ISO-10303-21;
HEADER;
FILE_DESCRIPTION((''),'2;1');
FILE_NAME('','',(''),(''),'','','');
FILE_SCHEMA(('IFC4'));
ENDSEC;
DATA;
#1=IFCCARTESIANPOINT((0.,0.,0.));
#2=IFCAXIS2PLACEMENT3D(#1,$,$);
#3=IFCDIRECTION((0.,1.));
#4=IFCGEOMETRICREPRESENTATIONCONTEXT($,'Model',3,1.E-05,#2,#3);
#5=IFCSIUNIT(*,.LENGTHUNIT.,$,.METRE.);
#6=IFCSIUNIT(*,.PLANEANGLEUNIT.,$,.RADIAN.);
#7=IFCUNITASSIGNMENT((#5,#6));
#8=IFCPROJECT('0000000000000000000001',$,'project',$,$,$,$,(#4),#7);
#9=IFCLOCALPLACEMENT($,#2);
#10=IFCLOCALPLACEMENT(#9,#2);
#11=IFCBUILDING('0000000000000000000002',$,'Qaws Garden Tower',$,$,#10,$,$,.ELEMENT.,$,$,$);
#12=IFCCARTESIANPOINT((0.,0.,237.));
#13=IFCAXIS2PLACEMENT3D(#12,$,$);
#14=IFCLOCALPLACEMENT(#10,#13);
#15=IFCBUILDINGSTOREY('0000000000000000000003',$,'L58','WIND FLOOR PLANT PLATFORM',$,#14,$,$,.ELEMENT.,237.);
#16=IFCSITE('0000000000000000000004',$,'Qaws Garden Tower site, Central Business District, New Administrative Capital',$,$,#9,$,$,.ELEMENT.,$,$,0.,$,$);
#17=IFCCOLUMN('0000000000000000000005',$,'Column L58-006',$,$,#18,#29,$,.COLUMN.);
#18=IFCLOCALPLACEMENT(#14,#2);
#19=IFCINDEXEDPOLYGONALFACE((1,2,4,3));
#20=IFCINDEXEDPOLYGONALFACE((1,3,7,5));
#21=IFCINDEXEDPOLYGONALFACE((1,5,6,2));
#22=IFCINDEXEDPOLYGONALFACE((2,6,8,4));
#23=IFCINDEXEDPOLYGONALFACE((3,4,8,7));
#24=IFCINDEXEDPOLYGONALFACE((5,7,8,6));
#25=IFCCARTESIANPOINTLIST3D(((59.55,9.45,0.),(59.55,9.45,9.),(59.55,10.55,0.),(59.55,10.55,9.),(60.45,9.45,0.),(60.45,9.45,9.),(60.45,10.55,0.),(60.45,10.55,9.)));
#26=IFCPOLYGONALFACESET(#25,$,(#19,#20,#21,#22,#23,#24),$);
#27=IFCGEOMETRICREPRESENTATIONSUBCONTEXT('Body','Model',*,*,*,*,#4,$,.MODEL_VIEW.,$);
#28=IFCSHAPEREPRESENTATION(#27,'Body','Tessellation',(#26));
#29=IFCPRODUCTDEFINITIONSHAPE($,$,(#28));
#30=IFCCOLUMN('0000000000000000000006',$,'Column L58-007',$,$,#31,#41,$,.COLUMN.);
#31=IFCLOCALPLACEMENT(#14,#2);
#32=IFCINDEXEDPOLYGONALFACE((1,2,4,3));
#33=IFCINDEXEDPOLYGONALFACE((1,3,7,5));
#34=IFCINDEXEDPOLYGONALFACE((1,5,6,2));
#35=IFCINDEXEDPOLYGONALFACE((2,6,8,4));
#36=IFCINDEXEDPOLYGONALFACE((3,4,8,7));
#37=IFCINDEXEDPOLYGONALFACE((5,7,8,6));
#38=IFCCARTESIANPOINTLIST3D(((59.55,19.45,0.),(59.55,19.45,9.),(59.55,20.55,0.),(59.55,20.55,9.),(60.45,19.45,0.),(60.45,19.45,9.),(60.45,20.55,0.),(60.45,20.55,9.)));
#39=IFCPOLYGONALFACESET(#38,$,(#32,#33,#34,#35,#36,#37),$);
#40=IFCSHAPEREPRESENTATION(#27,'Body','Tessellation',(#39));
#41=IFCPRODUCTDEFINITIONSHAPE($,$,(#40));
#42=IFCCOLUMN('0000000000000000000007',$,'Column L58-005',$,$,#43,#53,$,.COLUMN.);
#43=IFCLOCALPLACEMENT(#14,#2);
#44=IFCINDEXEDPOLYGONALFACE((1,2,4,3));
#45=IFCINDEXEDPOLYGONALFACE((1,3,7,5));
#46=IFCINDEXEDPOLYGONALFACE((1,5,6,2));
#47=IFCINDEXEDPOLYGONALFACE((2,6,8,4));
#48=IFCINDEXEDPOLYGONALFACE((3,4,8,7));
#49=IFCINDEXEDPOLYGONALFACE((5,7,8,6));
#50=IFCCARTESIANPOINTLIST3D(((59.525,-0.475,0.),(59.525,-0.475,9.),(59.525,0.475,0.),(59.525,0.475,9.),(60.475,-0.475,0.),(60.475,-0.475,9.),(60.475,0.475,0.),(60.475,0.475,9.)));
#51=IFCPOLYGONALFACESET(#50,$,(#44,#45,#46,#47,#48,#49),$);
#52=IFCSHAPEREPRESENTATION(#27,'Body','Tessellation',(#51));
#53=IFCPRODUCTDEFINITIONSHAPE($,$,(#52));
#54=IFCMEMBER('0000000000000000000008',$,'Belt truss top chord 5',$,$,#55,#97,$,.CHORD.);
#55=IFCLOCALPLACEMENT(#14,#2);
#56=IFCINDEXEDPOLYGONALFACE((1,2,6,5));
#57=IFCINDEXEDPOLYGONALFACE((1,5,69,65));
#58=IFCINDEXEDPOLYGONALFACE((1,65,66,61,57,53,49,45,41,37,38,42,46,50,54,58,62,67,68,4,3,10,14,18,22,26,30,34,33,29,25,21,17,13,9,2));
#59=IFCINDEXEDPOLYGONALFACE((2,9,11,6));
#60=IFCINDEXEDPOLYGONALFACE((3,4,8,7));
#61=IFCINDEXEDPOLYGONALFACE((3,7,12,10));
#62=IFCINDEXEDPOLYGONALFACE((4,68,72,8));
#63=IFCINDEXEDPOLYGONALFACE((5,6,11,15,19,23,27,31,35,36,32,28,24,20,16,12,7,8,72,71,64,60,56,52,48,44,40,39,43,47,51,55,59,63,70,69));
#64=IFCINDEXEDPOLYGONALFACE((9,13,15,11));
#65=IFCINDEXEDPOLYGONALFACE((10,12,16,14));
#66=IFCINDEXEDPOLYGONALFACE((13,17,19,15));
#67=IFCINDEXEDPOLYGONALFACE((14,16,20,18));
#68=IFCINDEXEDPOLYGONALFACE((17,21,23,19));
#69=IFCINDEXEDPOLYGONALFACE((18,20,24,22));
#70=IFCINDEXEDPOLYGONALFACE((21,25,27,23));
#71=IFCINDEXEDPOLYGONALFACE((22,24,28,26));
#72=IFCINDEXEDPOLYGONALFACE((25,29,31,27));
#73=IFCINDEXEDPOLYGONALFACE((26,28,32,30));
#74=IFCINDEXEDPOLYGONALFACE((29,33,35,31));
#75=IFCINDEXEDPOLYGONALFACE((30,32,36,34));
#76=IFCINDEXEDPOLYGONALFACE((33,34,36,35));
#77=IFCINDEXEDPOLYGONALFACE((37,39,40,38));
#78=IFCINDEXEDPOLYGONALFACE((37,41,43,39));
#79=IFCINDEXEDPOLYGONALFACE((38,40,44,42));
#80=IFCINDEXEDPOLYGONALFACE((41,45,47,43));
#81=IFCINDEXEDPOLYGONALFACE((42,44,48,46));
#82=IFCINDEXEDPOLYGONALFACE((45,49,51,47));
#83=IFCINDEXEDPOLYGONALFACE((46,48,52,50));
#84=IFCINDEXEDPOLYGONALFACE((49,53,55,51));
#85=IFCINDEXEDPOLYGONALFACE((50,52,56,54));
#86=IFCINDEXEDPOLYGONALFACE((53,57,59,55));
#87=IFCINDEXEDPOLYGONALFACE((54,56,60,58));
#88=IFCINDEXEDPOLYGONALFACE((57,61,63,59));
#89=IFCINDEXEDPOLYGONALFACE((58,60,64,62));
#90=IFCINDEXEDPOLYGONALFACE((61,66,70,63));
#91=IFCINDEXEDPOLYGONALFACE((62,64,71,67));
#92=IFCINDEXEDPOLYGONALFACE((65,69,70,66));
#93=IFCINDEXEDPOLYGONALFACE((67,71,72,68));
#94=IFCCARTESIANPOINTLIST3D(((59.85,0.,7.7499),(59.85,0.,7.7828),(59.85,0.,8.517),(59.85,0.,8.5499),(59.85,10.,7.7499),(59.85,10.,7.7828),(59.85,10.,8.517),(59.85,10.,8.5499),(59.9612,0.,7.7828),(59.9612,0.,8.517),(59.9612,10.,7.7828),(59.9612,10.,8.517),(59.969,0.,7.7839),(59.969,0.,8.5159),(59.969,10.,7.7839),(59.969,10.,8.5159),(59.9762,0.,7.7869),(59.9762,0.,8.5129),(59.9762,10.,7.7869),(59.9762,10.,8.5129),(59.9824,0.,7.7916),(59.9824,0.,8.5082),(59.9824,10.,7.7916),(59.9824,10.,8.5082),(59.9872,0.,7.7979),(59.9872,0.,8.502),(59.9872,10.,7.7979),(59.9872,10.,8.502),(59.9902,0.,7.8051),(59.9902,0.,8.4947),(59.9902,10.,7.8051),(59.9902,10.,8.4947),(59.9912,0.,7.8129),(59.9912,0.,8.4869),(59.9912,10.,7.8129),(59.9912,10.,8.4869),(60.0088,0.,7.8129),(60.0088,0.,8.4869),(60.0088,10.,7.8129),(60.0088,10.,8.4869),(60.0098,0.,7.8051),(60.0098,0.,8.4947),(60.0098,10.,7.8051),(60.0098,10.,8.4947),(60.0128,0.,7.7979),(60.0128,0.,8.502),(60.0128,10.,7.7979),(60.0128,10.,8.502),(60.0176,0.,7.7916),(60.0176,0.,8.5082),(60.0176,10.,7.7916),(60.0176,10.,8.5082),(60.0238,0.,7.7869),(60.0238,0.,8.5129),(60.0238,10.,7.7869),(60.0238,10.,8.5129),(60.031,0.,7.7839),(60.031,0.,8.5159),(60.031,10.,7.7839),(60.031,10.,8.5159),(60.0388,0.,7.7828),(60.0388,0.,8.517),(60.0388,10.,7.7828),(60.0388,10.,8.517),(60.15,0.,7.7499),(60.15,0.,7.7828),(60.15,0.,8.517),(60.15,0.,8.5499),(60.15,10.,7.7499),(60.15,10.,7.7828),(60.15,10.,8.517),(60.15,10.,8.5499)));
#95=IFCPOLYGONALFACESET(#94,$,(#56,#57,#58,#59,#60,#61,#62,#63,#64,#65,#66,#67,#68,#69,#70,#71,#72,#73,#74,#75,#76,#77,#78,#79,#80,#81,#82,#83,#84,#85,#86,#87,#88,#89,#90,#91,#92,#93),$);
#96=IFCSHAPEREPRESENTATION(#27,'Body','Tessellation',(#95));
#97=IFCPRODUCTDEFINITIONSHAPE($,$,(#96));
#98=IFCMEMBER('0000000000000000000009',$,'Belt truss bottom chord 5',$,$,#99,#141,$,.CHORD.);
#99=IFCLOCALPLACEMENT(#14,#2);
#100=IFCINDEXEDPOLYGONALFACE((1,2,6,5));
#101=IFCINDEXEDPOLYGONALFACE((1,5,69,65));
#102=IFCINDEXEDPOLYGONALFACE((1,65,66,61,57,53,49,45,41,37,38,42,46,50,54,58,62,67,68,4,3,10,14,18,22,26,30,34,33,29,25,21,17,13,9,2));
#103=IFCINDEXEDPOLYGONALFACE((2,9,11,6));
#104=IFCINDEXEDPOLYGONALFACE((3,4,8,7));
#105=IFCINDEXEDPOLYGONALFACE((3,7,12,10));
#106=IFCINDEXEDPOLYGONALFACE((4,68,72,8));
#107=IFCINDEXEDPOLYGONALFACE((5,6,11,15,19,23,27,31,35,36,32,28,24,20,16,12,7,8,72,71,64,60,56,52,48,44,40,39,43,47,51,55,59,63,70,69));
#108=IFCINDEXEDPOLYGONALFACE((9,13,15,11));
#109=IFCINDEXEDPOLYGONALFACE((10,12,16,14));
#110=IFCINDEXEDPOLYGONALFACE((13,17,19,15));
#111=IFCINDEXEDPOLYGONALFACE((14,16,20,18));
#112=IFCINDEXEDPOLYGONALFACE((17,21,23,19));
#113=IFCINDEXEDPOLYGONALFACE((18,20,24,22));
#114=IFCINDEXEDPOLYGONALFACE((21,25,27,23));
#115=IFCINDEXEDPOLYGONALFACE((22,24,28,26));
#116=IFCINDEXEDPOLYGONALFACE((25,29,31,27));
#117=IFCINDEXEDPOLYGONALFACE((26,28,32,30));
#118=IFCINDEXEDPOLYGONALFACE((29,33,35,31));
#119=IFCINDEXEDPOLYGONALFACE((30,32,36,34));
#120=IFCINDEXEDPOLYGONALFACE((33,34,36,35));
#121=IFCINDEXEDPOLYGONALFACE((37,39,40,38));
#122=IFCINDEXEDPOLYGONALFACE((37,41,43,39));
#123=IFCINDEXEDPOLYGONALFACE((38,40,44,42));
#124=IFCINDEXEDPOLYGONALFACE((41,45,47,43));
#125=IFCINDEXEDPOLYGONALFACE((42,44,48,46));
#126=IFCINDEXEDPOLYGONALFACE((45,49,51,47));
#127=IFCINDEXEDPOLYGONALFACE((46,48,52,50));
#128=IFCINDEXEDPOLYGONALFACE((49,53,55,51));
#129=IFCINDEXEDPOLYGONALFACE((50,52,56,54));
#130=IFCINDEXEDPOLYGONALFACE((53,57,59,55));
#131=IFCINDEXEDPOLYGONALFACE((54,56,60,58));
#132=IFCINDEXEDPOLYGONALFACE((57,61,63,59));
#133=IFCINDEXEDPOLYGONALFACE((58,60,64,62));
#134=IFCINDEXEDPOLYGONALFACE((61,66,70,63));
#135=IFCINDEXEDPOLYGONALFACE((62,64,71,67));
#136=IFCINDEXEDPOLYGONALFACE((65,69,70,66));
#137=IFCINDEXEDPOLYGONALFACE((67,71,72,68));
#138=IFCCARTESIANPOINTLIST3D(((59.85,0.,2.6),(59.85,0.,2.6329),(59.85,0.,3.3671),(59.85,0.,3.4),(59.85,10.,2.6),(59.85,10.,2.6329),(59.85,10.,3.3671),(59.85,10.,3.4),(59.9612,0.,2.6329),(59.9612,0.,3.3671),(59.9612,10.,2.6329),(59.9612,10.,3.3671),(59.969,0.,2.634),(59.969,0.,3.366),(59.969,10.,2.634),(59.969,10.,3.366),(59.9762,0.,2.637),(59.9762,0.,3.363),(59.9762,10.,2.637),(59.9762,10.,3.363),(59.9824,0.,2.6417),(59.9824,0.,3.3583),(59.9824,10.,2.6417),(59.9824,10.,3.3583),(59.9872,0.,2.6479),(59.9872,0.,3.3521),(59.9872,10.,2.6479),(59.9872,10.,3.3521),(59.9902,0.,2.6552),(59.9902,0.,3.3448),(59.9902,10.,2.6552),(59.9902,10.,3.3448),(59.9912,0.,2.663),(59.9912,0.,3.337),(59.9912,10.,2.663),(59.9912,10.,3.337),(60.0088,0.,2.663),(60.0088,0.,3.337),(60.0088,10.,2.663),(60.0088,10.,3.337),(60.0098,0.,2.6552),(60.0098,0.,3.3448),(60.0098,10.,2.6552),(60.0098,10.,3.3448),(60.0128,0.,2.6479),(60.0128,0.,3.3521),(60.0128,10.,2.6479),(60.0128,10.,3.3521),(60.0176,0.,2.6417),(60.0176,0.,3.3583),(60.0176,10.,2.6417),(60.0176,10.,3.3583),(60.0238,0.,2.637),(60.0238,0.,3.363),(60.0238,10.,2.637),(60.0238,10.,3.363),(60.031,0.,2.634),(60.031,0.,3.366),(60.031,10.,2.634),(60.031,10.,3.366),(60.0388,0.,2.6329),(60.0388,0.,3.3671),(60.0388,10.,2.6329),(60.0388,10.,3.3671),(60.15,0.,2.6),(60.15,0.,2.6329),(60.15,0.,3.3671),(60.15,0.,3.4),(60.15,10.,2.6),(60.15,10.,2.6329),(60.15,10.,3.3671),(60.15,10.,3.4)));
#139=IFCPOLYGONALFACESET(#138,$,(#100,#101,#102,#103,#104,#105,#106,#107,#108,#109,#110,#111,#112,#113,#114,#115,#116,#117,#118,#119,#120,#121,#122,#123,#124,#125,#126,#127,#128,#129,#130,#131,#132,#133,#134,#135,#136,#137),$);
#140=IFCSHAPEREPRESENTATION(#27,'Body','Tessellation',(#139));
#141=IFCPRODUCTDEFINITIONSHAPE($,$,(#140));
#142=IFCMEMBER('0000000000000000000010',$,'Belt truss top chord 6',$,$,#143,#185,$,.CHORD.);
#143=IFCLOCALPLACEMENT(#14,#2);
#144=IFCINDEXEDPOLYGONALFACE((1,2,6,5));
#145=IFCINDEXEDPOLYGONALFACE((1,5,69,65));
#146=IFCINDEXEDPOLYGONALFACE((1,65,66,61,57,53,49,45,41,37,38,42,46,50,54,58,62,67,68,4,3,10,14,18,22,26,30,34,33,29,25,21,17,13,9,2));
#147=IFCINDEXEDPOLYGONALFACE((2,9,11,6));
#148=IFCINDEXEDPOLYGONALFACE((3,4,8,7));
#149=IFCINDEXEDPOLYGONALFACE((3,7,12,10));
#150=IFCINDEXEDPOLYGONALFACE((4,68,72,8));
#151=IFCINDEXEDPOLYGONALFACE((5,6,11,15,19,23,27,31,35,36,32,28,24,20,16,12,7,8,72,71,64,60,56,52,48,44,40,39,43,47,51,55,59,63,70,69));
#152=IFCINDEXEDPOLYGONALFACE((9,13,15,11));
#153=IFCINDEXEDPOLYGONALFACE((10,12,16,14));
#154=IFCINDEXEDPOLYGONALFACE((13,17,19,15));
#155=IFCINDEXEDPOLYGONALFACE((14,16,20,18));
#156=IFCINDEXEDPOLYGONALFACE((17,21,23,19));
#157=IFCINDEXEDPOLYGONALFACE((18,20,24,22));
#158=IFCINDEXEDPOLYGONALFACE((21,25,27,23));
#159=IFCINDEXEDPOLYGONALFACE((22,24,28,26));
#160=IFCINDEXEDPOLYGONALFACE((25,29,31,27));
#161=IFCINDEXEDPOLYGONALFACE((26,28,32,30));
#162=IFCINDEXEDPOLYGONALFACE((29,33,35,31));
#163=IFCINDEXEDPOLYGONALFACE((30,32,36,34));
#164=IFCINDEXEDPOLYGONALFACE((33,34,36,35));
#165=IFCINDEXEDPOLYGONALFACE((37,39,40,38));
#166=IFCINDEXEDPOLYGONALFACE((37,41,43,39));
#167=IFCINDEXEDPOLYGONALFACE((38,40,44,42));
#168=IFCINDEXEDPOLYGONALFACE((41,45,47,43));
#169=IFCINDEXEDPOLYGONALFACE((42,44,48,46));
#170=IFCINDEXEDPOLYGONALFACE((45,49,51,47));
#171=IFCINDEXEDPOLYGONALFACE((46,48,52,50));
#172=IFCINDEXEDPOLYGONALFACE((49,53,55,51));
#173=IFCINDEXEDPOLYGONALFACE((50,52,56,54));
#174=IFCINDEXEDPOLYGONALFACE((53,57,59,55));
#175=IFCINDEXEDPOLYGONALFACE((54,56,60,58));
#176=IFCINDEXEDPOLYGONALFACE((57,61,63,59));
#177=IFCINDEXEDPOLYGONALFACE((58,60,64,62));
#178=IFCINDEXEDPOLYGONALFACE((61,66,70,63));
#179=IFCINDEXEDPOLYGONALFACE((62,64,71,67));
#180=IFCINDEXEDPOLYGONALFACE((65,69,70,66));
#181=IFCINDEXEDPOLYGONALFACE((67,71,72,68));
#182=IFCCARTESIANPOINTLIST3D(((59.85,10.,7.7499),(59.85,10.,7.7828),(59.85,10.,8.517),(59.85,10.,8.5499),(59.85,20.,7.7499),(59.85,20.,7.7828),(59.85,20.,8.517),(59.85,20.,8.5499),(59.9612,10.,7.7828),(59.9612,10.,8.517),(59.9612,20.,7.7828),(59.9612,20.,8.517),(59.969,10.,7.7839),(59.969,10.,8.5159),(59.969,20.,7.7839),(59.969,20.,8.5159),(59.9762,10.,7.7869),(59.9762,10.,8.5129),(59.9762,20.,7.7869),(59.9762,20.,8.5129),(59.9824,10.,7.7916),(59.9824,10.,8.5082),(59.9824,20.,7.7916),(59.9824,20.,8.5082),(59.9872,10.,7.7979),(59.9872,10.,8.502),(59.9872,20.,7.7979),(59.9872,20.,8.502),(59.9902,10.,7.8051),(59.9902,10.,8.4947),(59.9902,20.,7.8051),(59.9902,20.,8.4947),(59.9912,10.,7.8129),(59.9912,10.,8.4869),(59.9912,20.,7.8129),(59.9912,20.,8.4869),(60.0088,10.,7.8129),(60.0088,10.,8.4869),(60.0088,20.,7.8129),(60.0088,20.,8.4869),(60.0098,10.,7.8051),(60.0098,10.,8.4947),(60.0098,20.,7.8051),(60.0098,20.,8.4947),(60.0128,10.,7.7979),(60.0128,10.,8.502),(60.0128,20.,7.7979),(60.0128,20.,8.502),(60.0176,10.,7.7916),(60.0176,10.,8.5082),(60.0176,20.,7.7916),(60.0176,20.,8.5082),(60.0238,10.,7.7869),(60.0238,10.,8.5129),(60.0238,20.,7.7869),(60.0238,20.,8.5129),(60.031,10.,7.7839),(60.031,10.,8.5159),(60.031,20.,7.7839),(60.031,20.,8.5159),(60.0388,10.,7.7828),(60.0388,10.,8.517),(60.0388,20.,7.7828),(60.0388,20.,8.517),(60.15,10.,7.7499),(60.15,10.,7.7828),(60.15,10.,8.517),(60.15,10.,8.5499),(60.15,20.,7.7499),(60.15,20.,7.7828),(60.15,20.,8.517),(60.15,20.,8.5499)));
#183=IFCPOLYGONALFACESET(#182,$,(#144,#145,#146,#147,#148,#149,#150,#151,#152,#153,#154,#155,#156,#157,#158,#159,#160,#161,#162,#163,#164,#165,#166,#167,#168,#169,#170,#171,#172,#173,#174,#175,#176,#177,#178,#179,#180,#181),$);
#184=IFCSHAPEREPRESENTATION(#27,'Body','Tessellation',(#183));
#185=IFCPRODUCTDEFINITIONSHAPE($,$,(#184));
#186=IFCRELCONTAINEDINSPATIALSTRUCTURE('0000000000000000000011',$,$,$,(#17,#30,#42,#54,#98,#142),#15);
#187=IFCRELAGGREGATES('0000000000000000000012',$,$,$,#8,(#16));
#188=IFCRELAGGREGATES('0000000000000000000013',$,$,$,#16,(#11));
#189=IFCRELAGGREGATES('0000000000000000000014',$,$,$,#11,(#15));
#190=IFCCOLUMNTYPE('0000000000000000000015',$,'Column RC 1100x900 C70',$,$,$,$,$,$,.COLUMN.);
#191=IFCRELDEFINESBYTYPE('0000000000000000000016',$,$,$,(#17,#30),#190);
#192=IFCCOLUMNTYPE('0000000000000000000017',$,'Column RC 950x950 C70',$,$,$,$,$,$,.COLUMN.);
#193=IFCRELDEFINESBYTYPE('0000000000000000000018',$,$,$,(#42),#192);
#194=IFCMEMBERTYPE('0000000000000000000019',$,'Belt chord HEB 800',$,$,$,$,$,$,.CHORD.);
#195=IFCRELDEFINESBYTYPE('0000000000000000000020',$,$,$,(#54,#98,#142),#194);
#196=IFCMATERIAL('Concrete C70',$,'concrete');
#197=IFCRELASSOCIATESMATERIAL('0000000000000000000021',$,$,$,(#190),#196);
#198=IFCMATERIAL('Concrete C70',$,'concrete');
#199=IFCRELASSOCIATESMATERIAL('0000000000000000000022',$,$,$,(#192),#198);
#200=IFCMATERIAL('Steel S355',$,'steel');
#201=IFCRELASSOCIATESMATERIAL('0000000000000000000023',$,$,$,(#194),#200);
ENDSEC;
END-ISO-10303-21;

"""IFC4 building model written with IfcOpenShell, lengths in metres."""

from ifc_helpers import new_model, si_unit, direction, frame, origin, origin_2d, place, context, subcontext, project, spatial, rectangle, i_section, extrude, material, material_profile, profile_set, type_object, element, save


model = new_model("IFC4")

# Units and contexts
model_context = context("Model", 3, precision=1e-05, world=origin(), true_north=direction((0.0, 1.0)))
body_context = subcontext(model_context, "Body", "Model", "MODEL_VIEW")
ifc_project = project(units=[si_unit("LENGTHUNIT", "METRE"), si_unit("PLANEANGLEUNIT", "RADIAN")], contexts=[model_context])

# Site, building, storey
site_placement = place(None, origin())
site = spatial("IfcSite", under=ifc_project, at=site_placement, Name="Qaws Garden Tower site, Central Business District, New Administrative Capital", CompositionType="ELEMENT", RefElevation=0.0)
building_placement = place(site_placement, origin())
building = spatial("IfcBuilding", under=site, at=building_placement, Name="Qaws Garden Tower", CompositionType="ELEMENT")
storey_placement = place(building_placement, frame((0.0, 0.0, 237.0)))
storey = spatial("IfcBuildingStorey", under=building, at=storey_placement, Name="L58", Description="WIND FLOOR PLANT PLATFORM", CompositionType="ELEMENT", Elevation=237.0)

# Columns
ifc_material_1 = material(Name="Concrete C70", Category="concrete")
ifc_material_profile_1 = material_profile(ifc_material_1, rectangle(XDim=1.1001, YDim=0.8999, at=origin_2d()), Name="RC 1100x900")
ifc_profile_set_1 = profile_set([ifc_material_profile_1], Name="Concrete C70")
column_type_1 = type_object("IfcColumnType", Name="Column RC 1100x900 C70", PredefinedType="COLUMN", material=ifc_profile_set_1)
for number, where, z_axis, x_axis, name in (
    (1, (60.0, 10.0, 0.0), (0.0, 0.0, 1.0), (0.0, 1.0, 0.0), "Column L58-006"),
    (2, (60.0, 20.0, 0.0), (0.0, 0.0, 1.0), (0.0, 1.0, 0.0), "Column L58-007"),
):
    element("IfcColumn", number, at=place(storey_placement, frame(where, z_axis=z_axis, x_axis=x_axis)), inside=storey, type_object=column_type_1, Name=name, PredefinedType="COLUMN", context=body_context, shape_type="SweptSolid", body=[
        extrude(rectangle(XDim=1.1001, YDim=0.8999, at=origin_2d()), origin(), (0.0, 0.0, 1.0), 9.0),
    ])
ifc_material_2 = material(Name="Concrete C70", Category="concrete")
ifc_material_profile_2 = material_profile(ifc_material_2, rectangle(XDim=0.95, YDim=0.95, at=origin_2d()), Name="RC 950x950")
ifc_profile_set_2 = profile_set([ifc_material_profile_2], Name="Concrete C70")
column_type_2 = type_object("IfcColumnType", Name="Column RC 950x950 C70", PredefinedType="COLUMN", material=ifc_profile_set_2)
column_placement = place(storey_placement, frame((60.0, 0.0, 0.0), z_axis=(0.0, 0.0, 1.0), x_axis=(1.0, 0.0, 0.0)))
element("IfcColumn", 3, at=column_placement, inside=storey, type_object=column_type_2, Name="Column L58-005", PredefinedType="COLUMN", context=body_context, shape_type="SweptSolid", body=[
    extrude(rectangle(XDim=0.95, YDim=0.95, at=origin_2d()), origin(), (0.0, 0.0, 1.0), 9.0),
])

# Members
ifc_material_3 = material(Name="Steel S355", Category="steel")
ifc_material_profile_3 = material_profile(ifc_material_3, i_section(OverallWidth=0.3, OverallDepth=0.8, WebThickness=0.0176, FlangeThickness=0.033, FilletRadius=0.03, at=origin_2d()), Name="HEB 800")
ifc_profile_set_3 = profile_set([ifc_material_profile_3], Name="Steel S355")
member_type_1 = type_object("IfcMemberType", Name="Belt chord HEB 800", PredefinedType="CHORD", material=ifc_profile_set_3)
for number, where, z_axis, x_axis, name in (
    (4, (60.0, 0.0, 8.1499), (0.0, 1.0, 0.0), (-1.0, 0.0, 0.0), "Belt truss top chord 5"),
    (5, (60.0, 0.0, 3.0), (0.0, 1.0, 0.0), (-1.0, 0.0, 0.0), "Belt truss bottom chord 5"),
    (6, (60.0, 10.0, 8.1499), (0.0, 1.0, 0.0), (-1.0, 0.0, 0.0), "Belt truss top chord 6"),
):
    element("IfcMember", number, at=place(storey_placement, frame(where, z_axis=z_axis, x_axis=x_axis)), inside=storey, type_object=member_type_1, Name=name, PredefinedType="CHORD", context=body_context, shape_type="SweptSolid", body=[
        extrude(i_section(OverallWidth=0.3, OverallDepth=0.8, WebThickness=0.0176, FlangeThickness=0.033, FilletRadius=0.03, at=origin_2d()), origin(), (0.0, 0.0, 1.0), 10.0),
    ])

save(model, "model.ifc")
